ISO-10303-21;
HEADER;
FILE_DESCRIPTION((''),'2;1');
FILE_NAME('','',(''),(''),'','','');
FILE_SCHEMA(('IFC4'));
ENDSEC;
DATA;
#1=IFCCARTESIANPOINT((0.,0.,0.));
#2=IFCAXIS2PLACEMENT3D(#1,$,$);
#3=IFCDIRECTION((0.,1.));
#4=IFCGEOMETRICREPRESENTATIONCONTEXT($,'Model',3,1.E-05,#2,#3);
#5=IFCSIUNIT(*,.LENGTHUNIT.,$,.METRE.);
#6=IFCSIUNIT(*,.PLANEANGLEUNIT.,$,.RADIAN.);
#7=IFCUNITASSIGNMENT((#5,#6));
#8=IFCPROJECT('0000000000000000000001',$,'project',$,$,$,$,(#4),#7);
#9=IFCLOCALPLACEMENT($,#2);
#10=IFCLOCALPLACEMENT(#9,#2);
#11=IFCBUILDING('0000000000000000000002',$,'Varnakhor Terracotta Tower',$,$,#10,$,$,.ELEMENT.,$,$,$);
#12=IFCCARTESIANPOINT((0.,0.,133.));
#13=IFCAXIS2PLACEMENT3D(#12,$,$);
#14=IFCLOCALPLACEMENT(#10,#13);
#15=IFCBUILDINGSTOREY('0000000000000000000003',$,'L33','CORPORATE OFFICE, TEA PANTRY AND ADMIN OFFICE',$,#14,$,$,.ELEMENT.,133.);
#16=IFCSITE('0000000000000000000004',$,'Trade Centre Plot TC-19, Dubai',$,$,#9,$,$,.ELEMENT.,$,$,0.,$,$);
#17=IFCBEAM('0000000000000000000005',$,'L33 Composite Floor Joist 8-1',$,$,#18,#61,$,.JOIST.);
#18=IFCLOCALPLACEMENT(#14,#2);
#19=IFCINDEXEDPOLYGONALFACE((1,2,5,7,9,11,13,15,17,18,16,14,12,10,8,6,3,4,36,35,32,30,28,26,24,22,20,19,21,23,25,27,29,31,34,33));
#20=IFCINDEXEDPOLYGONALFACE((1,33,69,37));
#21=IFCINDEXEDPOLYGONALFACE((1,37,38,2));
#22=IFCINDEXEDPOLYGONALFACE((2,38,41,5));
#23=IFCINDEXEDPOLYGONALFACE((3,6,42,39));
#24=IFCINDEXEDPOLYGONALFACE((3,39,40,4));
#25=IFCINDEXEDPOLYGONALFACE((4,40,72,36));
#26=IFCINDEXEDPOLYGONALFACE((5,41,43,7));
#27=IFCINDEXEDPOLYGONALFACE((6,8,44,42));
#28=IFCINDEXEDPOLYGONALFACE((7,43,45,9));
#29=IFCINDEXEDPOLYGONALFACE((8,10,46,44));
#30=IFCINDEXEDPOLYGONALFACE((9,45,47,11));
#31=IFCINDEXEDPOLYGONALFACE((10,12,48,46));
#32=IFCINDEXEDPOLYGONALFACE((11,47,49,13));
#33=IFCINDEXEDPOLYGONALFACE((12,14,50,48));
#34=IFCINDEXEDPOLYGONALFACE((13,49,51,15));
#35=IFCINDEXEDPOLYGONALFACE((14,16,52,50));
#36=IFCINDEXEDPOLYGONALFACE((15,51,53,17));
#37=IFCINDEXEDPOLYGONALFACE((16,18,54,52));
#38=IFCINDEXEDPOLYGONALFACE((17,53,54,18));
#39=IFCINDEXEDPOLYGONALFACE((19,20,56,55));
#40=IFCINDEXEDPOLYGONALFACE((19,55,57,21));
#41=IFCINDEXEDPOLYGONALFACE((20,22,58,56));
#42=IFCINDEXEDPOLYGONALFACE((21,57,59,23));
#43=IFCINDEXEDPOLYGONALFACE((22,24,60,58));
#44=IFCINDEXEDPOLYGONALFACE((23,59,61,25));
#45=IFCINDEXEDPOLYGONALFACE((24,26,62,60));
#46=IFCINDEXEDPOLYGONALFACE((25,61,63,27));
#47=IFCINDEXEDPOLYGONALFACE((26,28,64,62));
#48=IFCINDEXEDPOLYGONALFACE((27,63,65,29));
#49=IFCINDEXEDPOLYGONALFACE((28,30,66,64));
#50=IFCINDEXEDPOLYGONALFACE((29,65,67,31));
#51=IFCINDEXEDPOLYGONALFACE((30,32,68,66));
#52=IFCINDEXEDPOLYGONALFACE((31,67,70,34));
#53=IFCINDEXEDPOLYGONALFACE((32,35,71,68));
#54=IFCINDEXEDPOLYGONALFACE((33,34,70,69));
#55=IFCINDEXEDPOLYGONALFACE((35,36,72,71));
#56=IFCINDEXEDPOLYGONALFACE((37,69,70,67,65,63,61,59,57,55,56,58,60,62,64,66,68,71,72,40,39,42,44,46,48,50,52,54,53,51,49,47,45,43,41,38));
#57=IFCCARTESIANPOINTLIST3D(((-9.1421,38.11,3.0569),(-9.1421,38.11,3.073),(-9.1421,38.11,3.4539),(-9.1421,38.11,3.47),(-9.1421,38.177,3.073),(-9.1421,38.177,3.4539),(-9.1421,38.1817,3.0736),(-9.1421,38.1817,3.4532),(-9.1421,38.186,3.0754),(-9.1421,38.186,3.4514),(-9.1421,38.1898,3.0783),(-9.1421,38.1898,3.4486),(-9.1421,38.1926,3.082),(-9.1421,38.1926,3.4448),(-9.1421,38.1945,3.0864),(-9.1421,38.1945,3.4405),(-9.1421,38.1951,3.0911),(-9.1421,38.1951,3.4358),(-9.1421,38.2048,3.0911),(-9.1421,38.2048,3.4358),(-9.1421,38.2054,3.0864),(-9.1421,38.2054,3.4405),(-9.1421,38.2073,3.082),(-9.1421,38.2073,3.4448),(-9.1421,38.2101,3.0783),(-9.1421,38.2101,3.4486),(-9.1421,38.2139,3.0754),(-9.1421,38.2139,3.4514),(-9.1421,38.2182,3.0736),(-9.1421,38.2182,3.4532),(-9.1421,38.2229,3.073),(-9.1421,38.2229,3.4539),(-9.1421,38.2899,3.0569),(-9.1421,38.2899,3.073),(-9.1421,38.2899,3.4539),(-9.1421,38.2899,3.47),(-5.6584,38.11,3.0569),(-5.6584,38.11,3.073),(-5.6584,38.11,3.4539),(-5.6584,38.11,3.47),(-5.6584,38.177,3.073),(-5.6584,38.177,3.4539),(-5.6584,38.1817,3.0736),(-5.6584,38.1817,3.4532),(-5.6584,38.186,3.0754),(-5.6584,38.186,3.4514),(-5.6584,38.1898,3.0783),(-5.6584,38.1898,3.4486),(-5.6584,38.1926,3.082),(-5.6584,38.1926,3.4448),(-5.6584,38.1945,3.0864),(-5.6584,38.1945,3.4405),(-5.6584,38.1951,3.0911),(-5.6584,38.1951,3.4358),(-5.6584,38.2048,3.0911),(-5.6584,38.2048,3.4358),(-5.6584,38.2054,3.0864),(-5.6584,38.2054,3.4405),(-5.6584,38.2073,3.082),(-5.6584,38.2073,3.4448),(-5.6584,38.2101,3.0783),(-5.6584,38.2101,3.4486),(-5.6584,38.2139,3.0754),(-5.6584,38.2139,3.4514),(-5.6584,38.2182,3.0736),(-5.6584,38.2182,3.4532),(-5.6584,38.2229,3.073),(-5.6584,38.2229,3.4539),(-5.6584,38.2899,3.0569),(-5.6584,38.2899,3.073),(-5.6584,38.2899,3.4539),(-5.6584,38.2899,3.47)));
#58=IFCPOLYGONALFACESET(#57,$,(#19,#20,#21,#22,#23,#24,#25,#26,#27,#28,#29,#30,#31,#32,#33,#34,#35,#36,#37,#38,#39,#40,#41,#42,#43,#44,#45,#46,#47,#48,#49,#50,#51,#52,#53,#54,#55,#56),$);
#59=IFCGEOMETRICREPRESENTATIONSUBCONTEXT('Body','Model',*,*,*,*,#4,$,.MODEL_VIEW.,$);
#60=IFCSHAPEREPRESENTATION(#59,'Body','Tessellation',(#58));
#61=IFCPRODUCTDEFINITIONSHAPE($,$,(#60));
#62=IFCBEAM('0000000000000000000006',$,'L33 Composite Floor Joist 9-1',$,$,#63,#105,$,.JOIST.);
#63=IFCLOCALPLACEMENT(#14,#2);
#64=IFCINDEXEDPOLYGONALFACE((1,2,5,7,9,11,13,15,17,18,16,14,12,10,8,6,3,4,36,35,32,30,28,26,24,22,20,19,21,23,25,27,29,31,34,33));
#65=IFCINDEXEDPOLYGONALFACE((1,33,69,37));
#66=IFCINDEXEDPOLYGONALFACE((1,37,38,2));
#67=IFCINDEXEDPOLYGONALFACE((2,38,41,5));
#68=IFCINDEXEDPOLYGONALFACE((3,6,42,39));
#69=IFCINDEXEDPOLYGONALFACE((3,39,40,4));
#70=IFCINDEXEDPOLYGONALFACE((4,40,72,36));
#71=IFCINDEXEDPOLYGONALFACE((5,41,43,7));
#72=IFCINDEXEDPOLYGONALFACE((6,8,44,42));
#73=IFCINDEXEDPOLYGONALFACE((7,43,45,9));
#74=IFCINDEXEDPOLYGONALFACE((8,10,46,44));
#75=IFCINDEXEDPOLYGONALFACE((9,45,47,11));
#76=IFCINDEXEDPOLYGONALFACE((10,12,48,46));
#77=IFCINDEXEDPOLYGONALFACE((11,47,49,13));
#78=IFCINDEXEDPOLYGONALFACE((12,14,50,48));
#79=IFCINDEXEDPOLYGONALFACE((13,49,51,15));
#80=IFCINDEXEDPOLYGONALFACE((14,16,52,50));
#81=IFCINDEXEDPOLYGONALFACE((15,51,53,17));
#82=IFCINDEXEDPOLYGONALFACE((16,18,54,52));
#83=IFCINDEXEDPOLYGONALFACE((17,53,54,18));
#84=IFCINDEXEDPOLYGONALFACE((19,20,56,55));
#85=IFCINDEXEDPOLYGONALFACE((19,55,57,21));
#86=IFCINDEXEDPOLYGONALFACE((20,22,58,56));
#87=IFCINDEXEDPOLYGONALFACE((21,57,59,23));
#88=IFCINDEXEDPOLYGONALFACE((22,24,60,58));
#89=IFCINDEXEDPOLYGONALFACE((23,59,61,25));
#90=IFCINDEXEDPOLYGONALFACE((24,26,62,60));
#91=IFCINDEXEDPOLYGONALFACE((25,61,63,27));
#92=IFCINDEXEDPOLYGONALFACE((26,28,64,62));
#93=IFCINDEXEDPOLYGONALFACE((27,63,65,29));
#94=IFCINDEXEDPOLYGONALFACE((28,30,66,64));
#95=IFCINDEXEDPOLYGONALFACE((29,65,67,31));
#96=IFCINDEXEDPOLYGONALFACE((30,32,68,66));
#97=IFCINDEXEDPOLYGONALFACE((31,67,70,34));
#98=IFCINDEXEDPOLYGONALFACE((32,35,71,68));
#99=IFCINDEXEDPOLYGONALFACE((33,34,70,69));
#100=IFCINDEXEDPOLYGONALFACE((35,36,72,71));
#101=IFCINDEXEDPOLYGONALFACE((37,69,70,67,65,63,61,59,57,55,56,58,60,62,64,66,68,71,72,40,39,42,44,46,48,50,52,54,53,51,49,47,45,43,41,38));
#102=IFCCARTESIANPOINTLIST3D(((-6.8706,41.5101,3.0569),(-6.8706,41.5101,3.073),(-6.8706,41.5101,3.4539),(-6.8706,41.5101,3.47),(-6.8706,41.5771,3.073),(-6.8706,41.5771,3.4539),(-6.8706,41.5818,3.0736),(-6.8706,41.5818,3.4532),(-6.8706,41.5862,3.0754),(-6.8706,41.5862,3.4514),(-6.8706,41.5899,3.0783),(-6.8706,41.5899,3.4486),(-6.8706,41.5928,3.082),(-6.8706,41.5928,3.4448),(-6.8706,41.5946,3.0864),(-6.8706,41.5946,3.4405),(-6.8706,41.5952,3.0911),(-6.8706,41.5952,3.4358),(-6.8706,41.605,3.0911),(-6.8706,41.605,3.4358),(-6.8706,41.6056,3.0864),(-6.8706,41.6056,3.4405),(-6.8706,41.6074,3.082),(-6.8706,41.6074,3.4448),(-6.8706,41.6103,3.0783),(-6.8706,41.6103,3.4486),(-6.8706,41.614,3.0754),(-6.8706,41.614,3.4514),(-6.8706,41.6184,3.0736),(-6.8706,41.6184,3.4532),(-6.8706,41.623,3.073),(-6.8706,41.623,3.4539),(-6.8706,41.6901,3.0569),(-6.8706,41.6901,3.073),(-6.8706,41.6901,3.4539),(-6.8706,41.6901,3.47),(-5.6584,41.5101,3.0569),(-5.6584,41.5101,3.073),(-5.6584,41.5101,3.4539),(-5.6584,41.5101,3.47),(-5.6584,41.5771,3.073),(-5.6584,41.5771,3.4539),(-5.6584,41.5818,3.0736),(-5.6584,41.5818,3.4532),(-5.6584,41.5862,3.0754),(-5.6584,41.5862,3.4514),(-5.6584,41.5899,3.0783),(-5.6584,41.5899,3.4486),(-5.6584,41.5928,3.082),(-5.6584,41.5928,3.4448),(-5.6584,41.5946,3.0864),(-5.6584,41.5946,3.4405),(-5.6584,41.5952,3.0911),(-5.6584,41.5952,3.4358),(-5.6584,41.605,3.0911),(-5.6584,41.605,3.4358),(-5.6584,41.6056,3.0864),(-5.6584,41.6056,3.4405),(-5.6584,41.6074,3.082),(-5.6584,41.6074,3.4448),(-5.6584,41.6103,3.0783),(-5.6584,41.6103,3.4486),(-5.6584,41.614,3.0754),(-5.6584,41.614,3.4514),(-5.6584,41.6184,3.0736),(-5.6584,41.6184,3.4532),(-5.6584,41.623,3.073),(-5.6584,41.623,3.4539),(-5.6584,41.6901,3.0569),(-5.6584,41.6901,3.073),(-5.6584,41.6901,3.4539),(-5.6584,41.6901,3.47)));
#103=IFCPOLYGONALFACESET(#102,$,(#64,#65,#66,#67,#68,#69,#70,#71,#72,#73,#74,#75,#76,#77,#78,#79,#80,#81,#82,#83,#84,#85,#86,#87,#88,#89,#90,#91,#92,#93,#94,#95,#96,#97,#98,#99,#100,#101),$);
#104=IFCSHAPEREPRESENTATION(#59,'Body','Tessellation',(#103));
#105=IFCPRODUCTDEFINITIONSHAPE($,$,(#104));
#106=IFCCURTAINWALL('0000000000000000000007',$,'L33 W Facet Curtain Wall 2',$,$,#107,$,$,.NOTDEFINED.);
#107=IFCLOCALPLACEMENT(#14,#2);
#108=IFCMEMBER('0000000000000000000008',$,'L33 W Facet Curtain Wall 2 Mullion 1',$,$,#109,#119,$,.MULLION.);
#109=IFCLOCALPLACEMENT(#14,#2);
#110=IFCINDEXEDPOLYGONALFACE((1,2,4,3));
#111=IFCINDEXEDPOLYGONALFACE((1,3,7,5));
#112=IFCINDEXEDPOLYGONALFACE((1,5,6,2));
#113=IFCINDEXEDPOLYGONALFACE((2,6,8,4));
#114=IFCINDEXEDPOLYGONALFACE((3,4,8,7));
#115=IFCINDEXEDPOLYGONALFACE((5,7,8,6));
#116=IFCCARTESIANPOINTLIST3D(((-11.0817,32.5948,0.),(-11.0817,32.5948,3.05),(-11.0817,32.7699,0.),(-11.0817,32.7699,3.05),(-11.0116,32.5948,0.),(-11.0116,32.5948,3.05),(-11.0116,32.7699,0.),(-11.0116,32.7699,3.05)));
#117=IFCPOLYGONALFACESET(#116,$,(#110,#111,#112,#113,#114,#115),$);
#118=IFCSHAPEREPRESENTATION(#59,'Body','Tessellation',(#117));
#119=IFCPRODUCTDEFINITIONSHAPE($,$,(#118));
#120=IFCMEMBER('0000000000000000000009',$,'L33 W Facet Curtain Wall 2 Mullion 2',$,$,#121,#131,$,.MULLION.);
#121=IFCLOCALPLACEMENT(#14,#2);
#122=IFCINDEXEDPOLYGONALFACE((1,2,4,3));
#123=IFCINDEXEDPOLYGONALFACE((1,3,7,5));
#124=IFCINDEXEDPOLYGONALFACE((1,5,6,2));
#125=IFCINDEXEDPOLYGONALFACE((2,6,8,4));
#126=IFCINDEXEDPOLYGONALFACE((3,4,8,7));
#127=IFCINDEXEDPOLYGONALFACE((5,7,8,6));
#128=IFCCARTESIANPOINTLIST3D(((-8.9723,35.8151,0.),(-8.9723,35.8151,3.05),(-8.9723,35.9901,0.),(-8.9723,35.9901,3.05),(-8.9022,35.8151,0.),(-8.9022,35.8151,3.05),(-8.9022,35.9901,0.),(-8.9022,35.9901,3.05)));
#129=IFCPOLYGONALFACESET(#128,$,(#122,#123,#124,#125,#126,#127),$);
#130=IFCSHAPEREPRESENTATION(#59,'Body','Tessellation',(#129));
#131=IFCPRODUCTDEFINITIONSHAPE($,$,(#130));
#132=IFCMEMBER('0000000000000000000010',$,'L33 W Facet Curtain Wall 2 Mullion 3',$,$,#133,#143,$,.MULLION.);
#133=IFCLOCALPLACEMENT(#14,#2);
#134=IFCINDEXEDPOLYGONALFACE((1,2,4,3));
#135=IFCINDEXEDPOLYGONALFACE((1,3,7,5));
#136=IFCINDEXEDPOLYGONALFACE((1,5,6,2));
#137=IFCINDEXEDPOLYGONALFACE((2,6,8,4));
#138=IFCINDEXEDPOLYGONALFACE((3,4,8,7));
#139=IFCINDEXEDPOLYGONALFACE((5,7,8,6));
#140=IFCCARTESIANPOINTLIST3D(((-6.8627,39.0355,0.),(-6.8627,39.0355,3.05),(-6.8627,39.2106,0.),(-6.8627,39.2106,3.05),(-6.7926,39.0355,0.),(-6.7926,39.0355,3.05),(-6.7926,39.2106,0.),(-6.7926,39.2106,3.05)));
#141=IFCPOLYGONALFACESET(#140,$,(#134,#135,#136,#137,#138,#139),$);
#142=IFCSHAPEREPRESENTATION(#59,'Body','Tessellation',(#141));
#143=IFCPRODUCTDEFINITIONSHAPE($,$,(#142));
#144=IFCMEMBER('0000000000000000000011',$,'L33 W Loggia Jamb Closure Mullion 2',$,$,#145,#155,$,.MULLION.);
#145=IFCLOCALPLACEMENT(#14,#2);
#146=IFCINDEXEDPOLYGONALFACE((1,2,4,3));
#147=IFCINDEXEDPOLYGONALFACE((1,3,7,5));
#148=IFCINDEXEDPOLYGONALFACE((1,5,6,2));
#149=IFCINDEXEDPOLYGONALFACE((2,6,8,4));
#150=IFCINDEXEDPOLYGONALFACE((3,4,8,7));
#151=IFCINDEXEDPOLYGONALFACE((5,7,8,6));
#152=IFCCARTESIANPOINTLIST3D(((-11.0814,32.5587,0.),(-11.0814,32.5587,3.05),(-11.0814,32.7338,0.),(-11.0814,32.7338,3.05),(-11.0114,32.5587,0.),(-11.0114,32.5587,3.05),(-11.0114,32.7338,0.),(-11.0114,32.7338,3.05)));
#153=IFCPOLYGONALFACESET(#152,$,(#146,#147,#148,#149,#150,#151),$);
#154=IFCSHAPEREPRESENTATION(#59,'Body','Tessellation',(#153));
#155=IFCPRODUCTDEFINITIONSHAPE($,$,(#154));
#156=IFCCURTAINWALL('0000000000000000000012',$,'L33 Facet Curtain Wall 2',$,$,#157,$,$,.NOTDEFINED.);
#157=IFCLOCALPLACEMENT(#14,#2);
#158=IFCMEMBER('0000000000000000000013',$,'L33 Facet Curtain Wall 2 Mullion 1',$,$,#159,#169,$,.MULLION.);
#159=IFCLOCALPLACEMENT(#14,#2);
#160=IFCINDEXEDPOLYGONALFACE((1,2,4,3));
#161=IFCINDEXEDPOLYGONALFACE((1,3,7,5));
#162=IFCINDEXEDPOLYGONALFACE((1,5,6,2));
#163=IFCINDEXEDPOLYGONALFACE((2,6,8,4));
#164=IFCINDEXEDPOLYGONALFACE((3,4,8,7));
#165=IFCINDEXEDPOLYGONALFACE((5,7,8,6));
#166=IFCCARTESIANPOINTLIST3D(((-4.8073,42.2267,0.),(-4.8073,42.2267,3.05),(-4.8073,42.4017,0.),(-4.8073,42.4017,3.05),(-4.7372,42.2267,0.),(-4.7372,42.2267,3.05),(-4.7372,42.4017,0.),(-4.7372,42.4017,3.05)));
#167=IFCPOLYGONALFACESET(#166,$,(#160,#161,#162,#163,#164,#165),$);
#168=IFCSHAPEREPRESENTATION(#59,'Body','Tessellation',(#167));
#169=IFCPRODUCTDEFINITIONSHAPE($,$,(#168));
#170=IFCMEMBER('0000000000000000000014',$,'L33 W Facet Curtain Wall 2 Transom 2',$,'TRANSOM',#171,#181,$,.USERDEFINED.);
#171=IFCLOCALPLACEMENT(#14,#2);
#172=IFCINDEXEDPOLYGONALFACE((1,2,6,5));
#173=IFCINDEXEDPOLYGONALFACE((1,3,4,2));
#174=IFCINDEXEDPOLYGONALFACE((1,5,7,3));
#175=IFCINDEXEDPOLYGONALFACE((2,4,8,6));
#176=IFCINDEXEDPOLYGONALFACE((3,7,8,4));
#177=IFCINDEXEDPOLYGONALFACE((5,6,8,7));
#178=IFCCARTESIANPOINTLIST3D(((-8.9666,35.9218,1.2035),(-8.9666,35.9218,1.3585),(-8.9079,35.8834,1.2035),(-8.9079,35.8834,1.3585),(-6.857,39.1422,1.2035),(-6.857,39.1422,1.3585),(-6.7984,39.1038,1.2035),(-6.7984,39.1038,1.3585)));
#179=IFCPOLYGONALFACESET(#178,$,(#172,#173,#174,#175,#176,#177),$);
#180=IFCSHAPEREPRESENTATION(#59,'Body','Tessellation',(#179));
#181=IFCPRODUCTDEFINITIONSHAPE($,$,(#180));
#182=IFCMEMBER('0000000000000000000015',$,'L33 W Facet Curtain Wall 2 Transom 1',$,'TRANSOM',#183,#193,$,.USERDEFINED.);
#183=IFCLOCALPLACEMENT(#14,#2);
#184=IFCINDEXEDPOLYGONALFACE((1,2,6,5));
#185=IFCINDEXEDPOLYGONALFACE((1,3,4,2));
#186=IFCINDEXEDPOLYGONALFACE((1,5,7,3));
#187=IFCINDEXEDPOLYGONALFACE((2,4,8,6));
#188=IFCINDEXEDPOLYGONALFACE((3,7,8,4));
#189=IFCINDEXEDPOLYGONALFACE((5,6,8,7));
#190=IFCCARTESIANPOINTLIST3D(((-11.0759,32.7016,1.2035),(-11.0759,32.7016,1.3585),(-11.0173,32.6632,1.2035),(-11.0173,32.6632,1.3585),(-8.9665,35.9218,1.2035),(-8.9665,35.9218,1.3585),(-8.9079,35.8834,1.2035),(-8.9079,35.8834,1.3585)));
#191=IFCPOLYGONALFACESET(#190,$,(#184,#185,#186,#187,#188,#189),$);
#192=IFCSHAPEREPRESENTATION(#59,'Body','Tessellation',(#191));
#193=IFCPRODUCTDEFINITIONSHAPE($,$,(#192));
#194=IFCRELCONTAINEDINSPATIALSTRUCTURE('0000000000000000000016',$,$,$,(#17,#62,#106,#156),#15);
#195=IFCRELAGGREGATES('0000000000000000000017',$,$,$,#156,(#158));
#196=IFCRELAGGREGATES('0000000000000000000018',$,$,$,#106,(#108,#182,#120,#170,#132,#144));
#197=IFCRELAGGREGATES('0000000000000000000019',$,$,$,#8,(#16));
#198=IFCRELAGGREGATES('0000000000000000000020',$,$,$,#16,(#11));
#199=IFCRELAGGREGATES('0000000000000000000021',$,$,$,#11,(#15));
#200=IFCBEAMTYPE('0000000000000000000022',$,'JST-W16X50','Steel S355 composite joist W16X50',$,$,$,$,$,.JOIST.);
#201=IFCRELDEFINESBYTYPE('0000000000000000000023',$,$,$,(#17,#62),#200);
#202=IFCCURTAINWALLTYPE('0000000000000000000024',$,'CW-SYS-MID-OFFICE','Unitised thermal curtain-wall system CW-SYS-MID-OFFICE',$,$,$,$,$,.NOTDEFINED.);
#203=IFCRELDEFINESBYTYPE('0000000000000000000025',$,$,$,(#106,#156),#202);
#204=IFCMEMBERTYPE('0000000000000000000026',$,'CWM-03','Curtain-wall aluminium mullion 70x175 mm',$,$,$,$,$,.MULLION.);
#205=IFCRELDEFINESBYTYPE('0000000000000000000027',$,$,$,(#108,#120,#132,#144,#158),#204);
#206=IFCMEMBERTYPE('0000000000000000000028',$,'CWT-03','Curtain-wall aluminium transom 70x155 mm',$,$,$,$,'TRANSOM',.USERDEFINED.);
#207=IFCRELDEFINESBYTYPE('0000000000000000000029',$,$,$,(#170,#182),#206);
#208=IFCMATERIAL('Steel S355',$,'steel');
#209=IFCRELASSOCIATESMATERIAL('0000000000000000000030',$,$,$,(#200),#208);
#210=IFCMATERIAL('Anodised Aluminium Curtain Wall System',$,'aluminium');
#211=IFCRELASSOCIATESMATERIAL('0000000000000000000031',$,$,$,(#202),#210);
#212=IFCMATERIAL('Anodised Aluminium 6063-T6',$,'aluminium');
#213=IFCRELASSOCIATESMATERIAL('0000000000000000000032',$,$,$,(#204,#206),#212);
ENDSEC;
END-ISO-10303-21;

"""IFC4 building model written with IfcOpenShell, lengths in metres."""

from ifc_helpers import new_model, si_unit, direction, frame, origin, origin_2d, place, context, subcontext, project, spatial, rectangle, i_section, extrude, source, transform, mapped, material, material_profile, profile_set, type_object, element, aggregate, save


model = new_model("IFC4")

# Units and contexts
model_context = context("Model", 3, precision=1e-05, world=origin(), true_north=direction((0.0, 1.0)))
body_context = subcontext(model_context, "Body", "Model", "MODEL_VIEW")
ifc_project = project(units=[si_unit("LENGTHUNIT", "METRE"), si_unit("PLANEANGLEUNIT", "RADIAN")], contexts=[model_context])

# Site, building, storey
site_placement = place(None, origin())
site = spatial("IfcSite", under=ifc_project, at=site_placement, Name="Trade Centre Plot TC-19, Dubai", CompositionType="ELEMENT", RefElevation=0.0)
building_placement = place(site_placement, origin())
building = spatial("IfcBuilding", under=site, at=building_placement, Name="Varnakhor Terracotta Tower", CompositionType="ELEMENT")
storey_placement = place(building_placement, frame((0.0, 0.0, 133.0)))
storey = spatial("IfcBuildingStorey", under=building, at=storey_placement, Name="L33", Description="CORPORATE OFFICE, TEA PANTRY AND ADMIN OFFICE", CompositionType="ELEMENT", Elevation=133.0)

# Beams
ifc_material_1 = material(Name="Steel S355", Category="steel")
ifc_material_profile_1 = material_profile(ifc_material_1, i_section(OverallWidth=0.1799, OverallDepth=0.4131, WebThickness=0.0098, FlangeThickness=0.0161, FilletRadius=0.0181, at=origin_2d()), Name="W16X50")
ifc_profile_set_1 = profile_set([ifc_material_profile_1], Name="Steel S355")
beam_type_1 = type_object("IfcBeamType", Name="JST-W16X50", Description="Steel S355 composite joist W16X50", PredefinedType="JOIST", material=ifc_profile_set_1)
shared_shape_1 = source(origin(), body_context, "Body", "SweptSolid", [
    extrude(i_section(OverallWidth=0.1799, OverallDepth=0.4131, WebThickness=0.0098, FlangeThickness=0.0161, FilletRadius=0.0181, at=origin_2d()), origin(), (0.0, 0.0, 1.0), 3.4836),
])
beam_1_placement = place(storey_placement, frame((-9.1421, 38.2, 3.2634), z_axis=(1.0, 0.0, 0.0), x_axis=(0.0, 1.0, 0.0)))
element("IfcBeam", 1, at=beam_1_placement, inside=storey, type_object=beam_type_1, Name="L33 Composite Floor Joist 8-1", PredefinedType="JOIST", context=body_context, shape_type="MappedRepresentation", body=[
    mapped(shared_shape_1, transform((0.0, 0.0, 0.0), scale=1.0)),
])
shared_shape_2 = source(origin(), body_context, "Body", "SweptSolid", [
    extrude(i_section(OverallWidth=0.1799, OverallDepth=0.4131, WebThickness=0.0098, FlangeThickness=0.0161, FilletRadius=0.0181, at=origin_2d()), origin(), (0.0, 0.0, 1.0), 1.2122),
])
beam_2_placement = place(storey_placement, frame((-6.8706, 41.6001, 3.2634), z_axis=(1.0, 0.0, 0.0), x_axis=(0.0, 1.0, 0.0)))
element("IfcBeam", 2, at=beam_2_placement, inside=storey, type_object=beam_type_1, Name="L33 Composite Floor Joist 9-1", PredefinedType="JOIST", context=body_context, shape_type="MappedRepresentation", body=[
    mapped(shared_shape_2, transform((0.0, 0.0, 0.0), scale=1.0)),
])

# Curtain wall, members
ifc_material_2 = material(Name="Anodised Aluminium Curtain Wall System", Category="aluminium")
curtain_wall_type = type_object("IfcCurtainWallType", Name="CW-SYS-MID-OFFICE", Description="Unitised thermal curtain-wall system CW-SYS-MID-OFFICE", PredefinedType="NOTDEFINED", material=ifc_material_2)
curtain_wall_1_placement = place(storey_placement, origin())
curtain_wall_1 = element("IfcCurtainWall", 3, at=curtain_wall_1_placement, inside=storey, type_object=curtain_wall_type, Name="L33 W Facet Curtain Wall 2", PredefinedType="NOTDEFINED")
ifc_material_3 = material(Name="Anodised Aluminium 6063-T6", Category="aluminium")
ifc_material_profile_2 = material_profile(ifc_material_3, rectangle(XDim=0.0701, YDim=0.175, at=origin_2d()), Name="ALU MULLION 70x175")
ifc_profile_set_2 = profile_set([ifc_material_profile_2], Name="Anodised Aluminium 6063-T6")
member_type_1 = type_object("IfcMemberType", Name="CWM-03", Description="Curtain-wall aluminium mullion 70x175 mm", PredefinedType="MULLION", material=ifc_profile_set_2)
shared_shape_3 = source(origin(), body_context, "Body", "SweptSolid", [
    extrude(rectangle(XDim=0.0701, YDim=0.175, at=origin_2d()), origin(), (0.0, 0.0, 1.0), 3.05),
])
member_1_placement = place(storey_placement, frame((-11.0466, 32.6824, 0.0), z_axis=(0.0, 0.0, 1.0), x_axis=(1.0, 0.0, 0.0)))
member_1 = element("IfcMember", 4, at=member_1_placement, type_object=member_type_1, Name="L33 W Facet Curtain Wall 2 Mullion 1", PredefinedType="MULLION", context=body_context, shape_type="MappedRepresentation", body=[
    mapped(shared_shape_3, transform((0.0, 0.0, 0.0), scale=1.0)),
])
member_2_placement = place(storey_placement, frame((-8.9373, 35.9026, 0.0), z_axis=(0.0, 0.0, 1.0), x_axis=(1.0, 0.0, 0.0)))
member_2 = element("IfcMember", 5, at=member_2_placement, type_object=member_type_1, Name="L33 W Facet Curtain Wall 2 Mullion 2", PredefinedType="MULLION", context=body_context, shape_type="MappedRepresentation", body=[
    mapped(shared_shape_3, transform((0.0, 0.0, 0.0), scale=1.0)),
])
member_3_placement = place(storey_placement, frame((-6.8276, 39.123, 0.0), z_axis=(0.0, 0.0, 1.0), x_axis=(1.0, 0.0, 0.0)))
member_3 = element("IfcMember", 6, at=member_3_placement, type_object=member_type_1, Name="L33 W Facet Curtain Wall 2 Mullion 3", PredefinedType="MULLION", context=body_context, shape_type="MappedRepresentation", body=[
    mapped(shared_shape_3, transform((0.0, 0.0, 0.0), scale=1.0)),
])
member_4_placement = place(storey_placement, frame((-11.0464, 32.6462, 0.0), z_axis=(0.0, 0.0, 1.0), x_axis=(1.0, 0.0, 0.0)))
member_4 = element("IfcMember", 7, at=member_4_placement, type_object=member_type_1, Name="L33 W Loggia Jamb Closure Mullion 2", PredefinedType="MULLION", context=body_context, shape_type="MappedRepresentation", body=[
    mapped(shared_shape_3, transform((0.0, 0.0, 0.0), scale=1.0)),
])

# Curtain wall, member
curtain_wall_2_placement = place(storey_placement, origin())
curtain_wall_2 = element("IfcCurtainWall", 8, at=curtain_wall_2_placement, inside=storey, type_object=curtain_wall_type, Name="L33 Facet Curtain Wall 2", PredefinedType="NOTDEFINED")
member_5_placement = place(storey_placement, frame((-4.7722, 42.3142, 0.0), z_axis=(0.0, 0.0, 1.0), x_axis=(1.0, 0.0, 0.0)))
member_5 = element("IfcMember", 9, at=member_5_placement, type_object=member_type_1, Name="L33 Facet Curtain Wall 2 Mullion 1", PredefinedType="MULLION", context=body_context, shape_type="MappedRepresentation", body=[
    mapped(shared_shape_3, transform((0.0, 0.0, 0.0), scale=1.0)),
])

# Members
ifc_material_profile_3 = material_profile(ifc_material_3, rectangle(XDim=0.0701, YDim=0.155, at=origin_2d()), Name="ALU TRANSOM 70x155")
ifc_profile_set_3 = profile_set([ifc_material_profile_3], Name="Anodised Aluminium 6063-T6")
member_type_2 = type_object("IfcMemberType", Name="CWT-03", Description="Curtain-wall aluminium transom 70x155 mm", ElementType="TRANSOM", PredefinedType="USERDEFINED", material=ifc_profile_set_3)
shared_shape_4 = source(origin(), body_context, "Body", "SweptSolid", [
    extrude(rectangle(XDim=0.0701, YDim=0.155, at=origin_2d()), origin(), (0.0, 0.0, 1.0), 3.8499),
])
member_6_placement = place(storey_placement, frame((-8.9373, 35.9026, 1.281), z_axis=(0.547965, 0.836501, 0.0), x_axis=(-0.836501, 0.547965, 0.0)))
member_6 = element("IfcMember", 10, at=member_6_placement, type_object=member_type_2, Name="L33 W Facet Curtain Wall 2 Transom 2", ObjectType="TRANSOM", PredefinedType="USERDEFINED", context=body_context, shape_type="MappedRepresentation", body=[
    mapped(shared_shape_4, transform((0.0, 0.0, 0.0), scale=1.0)),
])
shared_shape_5 = source(origin(), body_context, "Body", "SweptSolid", [
    extrude(rectangle(XDim=0.0701, YDim=0.155, at=origin_2d()), origin(), (0.0, 0.0, 1.0), 3.8496),
])
member_7_placement = place(storey_placement, frame((-11.0466, 32.6824, 1.281), z_axis=(0.54795, 0.836511, 0.0), x_axis=(-0.836511, 0.54795, 0.0)))
member_7 = element("IfcMember", 11, at=member_7_placement, type_object=member_type_2, Name="L33 W Facet Curtain Wall 2 Transom 1", ObjectType="TRANSOM", PredefinedType="USERDEFINED", context=body_context, shape_type="MappedRepresentation", body=[
    mapped(shared_shape_5, transform((0.0, 0.0, 0.0), scale=1.0)),
])
aggregate(curtain_wall_2, [member_5])

aggregate(curtain_wall_1, [member_1, member_7, member_2, member_6, member_3, member_4])

save(model, "model.ifc")
